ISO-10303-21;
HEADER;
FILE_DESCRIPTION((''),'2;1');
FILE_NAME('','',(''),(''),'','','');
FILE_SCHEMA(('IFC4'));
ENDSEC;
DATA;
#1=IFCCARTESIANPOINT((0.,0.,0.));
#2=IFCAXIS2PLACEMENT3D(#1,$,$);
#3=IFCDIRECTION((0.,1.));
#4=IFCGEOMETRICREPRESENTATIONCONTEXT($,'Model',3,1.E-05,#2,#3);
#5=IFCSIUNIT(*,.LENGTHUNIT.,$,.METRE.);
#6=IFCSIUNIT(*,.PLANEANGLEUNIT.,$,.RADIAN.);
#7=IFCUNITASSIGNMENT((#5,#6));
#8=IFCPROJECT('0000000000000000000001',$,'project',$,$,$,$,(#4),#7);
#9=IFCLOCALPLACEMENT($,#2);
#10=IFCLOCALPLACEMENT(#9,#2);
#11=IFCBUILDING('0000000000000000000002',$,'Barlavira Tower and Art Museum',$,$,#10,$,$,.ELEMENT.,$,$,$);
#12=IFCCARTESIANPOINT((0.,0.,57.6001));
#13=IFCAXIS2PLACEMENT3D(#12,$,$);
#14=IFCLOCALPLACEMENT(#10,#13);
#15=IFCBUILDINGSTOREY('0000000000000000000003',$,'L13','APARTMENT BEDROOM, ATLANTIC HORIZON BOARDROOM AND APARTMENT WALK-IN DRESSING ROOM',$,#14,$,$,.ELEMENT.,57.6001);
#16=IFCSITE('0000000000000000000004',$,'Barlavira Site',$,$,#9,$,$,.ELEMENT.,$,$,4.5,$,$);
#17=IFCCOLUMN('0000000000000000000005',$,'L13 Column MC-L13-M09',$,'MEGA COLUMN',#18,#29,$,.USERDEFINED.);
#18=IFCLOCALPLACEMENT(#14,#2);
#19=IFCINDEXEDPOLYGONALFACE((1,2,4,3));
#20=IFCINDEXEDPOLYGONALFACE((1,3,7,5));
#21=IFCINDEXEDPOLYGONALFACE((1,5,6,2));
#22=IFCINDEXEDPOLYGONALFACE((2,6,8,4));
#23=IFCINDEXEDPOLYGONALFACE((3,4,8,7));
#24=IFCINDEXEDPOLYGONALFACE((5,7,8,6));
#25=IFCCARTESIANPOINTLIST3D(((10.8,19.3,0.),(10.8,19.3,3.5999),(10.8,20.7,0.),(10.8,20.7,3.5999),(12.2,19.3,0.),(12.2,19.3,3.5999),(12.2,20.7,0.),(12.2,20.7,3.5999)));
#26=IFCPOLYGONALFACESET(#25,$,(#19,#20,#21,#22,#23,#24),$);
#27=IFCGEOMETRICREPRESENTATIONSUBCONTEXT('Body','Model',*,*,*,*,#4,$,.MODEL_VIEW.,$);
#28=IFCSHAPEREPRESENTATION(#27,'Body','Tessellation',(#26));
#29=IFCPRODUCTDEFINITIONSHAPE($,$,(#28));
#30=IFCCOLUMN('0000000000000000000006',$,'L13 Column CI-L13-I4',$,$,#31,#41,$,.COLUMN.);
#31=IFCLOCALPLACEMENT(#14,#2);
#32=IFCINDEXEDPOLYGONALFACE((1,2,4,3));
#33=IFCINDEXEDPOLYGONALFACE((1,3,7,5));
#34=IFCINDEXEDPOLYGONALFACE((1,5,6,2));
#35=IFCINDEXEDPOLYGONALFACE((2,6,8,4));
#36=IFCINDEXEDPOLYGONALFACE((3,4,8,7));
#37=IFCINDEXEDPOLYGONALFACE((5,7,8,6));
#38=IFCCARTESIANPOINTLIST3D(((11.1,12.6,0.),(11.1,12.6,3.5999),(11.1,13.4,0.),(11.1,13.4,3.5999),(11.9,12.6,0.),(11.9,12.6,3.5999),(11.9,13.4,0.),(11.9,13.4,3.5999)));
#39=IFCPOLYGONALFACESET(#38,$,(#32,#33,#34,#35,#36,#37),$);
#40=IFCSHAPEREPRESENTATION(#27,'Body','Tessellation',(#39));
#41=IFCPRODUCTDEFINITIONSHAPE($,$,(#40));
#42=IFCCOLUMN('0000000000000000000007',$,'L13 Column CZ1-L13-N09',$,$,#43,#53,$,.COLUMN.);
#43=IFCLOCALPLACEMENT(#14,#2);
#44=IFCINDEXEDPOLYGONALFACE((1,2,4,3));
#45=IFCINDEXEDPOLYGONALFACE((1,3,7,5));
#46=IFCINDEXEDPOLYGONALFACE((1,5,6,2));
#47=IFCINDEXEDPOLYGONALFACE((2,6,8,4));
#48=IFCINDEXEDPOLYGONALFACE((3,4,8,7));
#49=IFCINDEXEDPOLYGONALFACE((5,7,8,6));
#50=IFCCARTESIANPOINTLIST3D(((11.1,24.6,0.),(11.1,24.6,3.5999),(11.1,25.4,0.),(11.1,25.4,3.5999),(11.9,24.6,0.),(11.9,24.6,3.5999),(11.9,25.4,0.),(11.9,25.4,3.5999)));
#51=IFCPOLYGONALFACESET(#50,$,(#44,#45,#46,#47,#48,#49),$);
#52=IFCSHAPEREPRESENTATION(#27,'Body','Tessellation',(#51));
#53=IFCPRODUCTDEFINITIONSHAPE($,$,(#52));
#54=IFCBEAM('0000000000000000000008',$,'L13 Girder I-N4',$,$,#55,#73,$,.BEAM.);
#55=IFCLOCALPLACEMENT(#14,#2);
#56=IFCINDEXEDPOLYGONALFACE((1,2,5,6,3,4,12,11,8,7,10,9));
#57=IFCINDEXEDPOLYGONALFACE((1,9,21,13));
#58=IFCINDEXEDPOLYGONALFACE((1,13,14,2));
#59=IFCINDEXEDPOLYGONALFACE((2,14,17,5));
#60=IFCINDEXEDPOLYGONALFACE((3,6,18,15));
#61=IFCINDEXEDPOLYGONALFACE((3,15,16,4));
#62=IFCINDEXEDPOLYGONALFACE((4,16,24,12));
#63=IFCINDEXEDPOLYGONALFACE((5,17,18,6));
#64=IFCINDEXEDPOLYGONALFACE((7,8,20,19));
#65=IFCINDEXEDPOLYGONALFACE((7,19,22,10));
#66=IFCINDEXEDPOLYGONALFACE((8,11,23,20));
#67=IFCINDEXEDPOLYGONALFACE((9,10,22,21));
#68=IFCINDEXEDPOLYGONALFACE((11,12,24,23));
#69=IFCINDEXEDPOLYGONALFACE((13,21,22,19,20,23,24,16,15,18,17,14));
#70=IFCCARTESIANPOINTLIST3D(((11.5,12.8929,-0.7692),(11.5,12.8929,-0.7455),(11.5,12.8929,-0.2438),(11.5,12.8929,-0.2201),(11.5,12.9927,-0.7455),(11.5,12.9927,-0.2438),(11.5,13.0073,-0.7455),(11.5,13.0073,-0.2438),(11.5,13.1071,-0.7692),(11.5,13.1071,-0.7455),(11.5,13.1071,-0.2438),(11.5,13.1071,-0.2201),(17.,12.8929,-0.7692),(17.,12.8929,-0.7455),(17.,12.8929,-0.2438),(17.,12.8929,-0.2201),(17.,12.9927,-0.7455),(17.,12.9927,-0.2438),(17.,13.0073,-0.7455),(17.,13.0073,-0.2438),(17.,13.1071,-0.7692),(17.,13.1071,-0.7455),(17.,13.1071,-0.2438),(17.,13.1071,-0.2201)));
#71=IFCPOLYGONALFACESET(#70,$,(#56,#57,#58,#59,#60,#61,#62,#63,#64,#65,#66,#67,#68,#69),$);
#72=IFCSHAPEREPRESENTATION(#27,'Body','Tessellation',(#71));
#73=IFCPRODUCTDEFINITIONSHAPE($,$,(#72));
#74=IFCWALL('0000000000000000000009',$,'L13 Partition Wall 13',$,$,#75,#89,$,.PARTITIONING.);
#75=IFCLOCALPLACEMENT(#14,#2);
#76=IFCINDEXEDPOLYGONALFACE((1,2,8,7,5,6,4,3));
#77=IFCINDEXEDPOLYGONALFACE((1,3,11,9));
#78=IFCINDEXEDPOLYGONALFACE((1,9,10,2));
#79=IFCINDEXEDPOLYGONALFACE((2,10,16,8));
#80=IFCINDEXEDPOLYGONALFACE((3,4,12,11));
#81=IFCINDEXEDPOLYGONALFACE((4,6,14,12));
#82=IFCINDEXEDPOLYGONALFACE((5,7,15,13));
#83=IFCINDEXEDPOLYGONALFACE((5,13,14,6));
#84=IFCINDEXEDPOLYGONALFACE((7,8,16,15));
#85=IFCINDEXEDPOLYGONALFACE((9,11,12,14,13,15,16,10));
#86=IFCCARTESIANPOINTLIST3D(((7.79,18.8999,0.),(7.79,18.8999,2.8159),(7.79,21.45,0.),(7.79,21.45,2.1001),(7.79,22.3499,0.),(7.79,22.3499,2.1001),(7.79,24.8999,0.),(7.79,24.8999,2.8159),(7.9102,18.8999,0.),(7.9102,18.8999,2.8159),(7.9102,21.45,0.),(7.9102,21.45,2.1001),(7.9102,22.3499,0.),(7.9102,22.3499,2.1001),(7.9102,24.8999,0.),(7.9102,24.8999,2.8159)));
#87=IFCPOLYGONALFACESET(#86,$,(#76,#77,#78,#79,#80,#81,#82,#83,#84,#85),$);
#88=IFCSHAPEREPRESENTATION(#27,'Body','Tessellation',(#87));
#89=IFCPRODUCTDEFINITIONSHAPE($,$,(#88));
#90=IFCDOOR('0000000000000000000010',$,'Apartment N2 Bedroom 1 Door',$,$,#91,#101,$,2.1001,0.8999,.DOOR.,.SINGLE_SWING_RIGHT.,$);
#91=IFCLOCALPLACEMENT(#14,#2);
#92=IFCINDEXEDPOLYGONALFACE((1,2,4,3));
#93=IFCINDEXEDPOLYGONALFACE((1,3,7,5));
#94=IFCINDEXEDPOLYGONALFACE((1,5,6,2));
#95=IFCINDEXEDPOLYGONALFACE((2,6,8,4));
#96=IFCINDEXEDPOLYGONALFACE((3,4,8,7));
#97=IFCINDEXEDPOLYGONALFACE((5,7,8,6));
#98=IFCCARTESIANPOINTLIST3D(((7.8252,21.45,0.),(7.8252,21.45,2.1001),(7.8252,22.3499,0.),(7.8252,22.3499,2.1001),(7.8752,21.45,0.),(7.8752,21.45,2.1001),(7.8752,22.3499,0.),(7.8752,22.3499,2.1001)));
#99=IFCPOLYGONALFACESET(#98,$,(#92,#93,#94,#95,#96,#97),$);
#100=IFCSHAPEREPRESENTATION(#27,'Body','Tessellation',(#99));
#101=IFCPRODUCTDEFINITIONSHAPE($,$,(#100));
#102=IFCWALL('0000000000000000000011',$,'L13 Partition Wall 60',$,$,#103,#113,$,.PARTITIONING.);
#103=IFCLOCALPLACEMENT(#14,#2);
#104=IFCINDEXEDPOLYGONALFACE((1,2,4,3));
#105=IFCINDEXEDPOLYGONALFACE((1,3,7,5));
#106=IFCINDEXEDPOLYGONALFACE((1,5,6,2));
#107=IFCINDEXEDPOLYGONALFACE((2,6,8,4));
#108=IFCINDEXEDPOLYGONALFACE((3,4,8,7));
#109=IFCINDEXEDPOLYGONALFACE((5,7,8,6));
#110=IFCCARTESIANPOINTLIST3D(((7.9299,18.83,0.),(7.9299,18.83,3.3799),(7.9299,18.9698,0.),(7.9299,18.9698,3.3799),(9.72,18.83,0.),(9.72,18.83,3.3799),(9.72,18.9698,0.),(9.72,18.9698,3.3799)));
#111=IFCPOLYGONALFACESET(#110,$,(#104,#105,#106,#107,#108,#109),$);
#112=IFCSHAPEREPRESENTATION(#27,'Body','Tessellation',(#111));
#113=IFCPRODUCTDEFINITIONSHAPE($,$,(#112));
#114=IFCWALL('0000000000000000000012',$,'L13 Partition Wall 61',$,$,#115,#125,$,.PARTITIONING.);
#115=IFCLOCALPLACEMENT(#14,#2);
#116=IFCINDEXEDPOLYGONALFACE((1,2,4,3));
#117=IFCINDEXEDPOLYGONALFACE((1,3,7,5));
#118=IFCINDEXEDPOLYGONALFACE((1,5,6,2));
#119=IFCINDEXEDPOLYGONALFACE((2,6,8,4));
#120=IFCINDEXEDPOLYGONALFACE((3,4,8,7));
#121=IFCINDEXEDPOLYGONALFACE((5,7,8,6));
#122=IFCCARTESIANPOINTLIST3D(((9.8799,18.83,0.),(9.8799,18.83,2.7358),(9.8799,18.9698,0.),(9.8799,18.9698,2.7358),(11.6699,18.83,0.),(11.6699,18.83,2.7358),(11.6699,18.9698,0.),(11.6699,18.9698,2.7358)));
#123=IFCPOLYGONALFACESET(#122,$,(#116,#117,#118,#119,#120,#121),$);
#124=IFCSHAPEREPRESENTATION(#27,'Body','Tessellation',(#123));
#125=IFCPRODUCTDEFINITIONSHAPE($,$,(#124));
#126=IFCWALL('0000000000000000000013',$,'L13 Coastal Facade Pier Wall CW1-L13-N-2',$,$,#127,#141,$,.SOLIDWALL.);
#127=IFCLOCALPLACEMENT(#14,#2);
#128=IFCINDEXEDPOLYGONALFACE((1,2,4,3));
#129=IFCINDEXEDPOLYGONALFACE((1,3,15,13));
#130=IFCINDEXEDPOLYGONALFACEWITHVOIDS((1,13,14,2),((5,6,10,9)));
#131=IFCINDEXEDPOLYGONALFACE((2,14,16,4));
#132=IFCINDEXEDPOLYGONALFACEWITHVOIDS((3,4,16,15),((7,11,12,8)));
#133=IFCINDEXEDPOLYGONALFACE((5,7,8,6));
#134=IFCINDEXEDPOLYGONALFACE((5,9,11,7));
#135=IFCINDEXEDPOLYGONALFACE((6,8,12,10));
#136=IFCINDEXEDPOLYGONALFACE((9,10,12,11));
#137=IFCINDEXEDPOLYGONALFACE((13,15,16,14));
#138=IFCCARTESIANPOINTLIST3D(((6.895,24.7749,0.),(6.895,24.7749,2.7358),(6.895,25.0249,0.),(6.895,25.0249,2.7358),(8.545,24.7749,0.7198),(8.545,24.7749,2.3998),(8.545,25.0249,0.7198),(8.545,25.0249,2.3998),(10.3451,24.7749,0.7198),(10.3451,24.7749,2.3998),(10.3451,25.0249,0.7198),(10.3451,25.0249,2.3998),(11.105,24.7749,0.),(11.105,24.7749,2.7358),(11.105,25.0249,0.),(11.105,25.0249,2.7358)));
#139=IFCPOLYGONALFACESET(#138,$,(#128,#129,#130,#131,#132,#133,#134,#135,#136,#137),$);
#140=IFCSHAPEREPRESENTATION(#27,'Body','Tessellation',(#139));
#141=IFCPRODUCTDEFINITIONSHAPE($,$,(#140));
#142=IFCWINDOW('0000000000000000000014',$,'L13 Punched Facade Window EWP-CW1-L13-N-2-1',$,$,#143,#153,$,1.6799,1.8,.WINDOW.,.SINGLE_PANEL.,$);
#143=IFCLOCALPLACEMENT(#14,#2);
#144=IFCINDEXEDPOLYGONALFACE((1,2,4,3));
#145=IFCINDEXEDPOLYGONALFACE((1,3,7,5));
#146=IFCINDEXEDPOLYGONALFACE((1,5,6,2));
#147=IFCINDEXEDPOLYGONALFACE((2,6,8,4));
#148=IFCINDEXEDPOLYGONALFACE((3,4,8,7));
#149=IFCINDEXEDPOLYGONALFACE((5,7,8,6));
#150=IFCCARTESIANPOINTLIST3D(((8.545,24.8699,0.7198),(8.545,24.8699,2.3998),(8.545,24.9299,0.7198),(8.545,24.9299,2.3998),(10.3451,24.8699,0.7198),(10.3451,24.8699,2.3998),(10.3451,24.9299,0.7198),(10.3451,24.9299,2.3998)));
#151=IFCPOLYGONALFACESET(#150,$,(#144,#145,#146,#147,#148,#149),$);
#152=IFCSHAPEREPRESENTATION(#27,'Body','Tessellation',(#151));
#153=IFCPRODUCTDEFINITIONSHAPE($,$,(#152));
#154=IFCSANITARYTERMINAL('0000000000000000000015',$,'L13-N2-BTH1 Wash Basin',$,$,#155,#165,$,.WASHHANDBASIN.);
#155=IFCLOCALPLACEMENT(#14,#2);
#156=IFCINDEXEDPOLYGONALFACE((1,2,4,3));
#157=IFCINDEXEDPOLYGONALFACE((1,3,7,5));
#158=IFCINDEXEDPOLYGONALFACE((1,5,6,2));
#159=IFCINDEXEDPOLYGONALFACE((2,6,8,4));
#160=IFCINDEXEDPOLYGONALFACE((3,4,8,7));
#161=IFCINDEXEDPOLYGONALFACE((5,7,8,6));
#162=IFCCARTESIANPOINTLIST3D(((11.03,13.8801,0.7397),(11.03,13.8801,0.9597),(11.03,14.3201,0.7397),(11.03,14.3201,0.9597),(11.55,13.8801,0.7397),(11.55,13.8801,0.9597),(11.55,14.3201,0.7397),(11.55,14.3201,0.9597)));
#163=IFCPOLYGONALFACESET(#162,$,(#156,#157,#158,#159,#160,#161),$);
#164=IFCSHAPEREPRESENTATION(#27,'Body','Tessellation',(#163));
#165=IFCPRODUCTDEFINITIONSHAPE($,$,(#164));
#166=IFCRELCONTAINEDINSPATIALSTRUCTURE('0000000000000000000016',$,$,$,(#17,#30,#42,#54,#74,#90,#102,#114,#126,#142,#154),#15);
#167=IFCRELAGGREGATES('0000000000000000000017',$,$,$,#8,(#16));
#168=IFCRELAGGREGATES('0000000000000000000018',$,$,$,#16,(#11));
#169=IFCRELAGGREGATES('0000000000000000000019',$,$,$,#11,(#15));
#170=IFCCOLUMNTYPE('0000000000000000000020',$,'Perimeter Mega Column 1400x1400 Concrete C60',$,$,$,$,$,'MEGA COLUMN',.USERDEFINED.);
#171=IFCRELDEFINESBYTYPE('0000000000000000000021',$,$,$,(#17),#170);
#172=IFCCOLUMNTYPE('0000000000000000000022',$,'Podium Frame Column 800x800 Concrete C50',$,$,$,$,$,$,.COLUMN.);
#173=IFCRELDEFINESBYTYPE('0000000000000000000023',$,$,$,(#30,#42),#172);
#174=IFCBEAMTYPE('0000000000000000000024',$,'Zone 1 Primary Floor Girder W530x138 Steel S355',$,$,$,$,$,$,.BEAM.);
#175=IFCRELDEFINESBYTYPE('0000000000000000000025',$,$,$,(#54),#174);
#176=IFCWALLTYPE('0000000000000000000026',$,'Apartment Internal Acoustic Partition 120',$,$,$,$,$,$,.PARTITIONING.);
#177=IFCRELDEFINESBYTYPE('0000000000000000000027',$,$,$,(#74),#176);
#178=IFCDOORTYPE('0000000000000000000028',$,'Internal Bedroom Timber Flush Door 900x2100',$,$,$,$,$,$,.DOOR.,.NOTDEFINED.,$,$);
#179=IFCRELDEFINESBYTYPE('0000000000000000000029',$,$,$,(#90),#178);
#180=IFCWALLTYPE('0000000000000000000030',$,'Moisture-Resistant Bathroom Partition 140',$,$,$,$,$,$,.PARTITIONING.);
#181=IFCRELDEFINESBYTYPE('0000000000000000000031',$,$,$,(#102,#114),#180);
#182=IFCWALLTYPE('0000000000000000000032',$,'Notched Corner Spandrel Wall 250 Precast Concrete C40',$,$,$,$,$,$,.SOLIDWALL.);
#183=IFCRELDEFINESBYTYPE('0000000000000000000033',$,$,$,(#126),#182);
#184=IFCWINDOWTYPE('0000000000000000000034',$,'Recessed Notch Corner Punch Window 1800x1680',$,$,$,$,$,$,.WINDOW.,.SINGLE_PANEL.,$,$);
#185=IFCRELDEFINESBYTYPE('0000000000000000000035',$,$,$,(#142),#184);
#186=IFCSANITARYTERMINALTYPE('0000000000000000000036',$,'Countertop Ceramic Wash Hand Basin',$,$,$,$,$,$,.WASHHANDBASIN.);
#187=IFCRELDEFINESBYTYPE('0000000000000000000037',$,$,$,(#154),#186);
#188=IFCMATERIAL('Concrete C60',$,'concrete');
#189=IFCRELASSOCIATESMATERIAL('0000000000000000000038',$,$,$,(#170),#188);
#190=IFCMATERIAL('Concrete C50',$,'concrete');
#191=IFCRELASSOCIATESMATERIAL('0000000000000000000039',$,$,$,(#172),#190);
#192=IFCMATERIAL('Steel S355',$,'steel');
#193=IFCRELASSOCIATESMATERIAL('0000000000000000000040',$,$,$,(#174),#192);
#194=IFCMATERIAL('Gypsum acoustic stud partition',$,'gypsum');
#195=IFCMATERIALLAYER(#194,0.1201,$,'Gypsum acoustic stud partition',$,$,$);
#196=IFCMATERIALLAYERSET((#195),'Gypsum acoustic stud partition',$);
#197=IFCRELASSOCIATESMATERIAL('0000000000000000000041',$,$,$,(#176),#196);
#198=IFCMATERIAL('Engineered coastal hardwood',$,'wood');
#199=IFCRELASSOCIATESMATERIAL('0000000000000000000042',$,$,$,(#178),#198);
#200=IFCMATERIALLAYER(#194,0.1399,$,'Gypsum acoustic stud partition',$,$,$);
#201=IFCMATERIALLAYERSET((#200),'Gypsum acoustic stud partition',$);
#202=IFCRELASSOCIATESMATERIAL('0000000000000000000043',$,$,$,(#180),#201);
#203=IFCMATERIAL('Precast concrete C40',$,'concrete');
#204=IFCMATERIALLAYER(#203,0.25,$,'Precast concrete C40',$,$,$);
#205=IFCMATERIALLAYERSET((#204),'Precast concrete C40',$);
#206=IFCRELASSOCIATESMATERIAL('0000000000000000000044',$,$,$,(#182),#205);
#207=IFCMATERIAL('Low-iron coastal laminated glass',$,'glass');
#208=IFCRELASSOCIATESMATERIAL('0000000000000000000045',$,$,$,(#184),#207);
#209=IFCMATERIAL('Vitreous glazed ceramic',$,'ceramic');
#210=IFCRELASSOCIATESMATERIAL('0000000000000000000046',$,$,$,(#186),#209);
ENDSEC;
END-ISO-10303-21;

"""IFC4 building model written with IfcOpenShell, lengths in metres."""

from ifc_helpers import new_model, si_unit, direction, frame, frame_2d, origin, origin_2d, place, context, subcontext, project, spatial, rectangle, i_section, extrude, material, layer, layer_set, material_profile, profile_set, type_object, element, fill, save


model = new_model("IFC4")

# Units and contexts
model_context = context("Model", 3, precision=1e-05, world=origin(), true_north=direction((0.0, 1.0)))
body_context = subcontext(model_context, "Body", "Model", "MODEL_VIEW")
ifc_project = project(units=[si_unit("LENGTHUNIT", "METRE"), si_unit("PLANEANGLEUNIT", "RADIAN")], contexts=[model_context])

# Site, building, storey
site_placement = place(None, origin())
site = spatial("IfcSite", under=ifc_project, at=site_placement, Name="Barlavira Site", CompositionType="ELEMENT", RefElevation=4.5)
building_placement = place(site_placement, origin())
building = spatial("IfcBuilding", under=site, at=building_placement, Name="Barlavira Tower and Art Museum", CompositionType="ELEMENT")
storey_placement = place(building_placement, frame((0.0, 0.0, 57.6001)))
storey = spatial("IfcBuildingStorey", under=building, at=storey_placement, Name="L13", Description="APARTMENT BEDROOM, ATLANTIC HORIZON BOARDROOM AND APARTMENT WALK-IN DRESSING ROOM", CompositionType="ELEMENT", Elevation=57.6001)

# Columns
ifc_material_1 = material(Name="Concrete C60", Category="concrete")
ifc_material_profile_1 = material_profile(ifc_material_1, rectangle(XDim=1.3999, YDim=1.3999, at=origin_2d()), Name="RC-MCOL 1400x1400")
ifc_profile_set_1 = profile_set([ifc_material_profile_1], Name="Concrete C60")
column_type_1 = type_object("IfcColumnType", Name="Perimeter Mega Column 1400x1400 Concrete C60", ElementType="MEGA COLUMN", PredefinedType="USERDEFINED", material=ifc_profile_set_1)
column_placement = place(storey_placement, frame((11.5, 20.0, 0.0), z_axis=(0.0, 0.0, 1.0), x_axis=(1.0, 0.0, 0.0)))
element("IfcColumn", 1, at=column_placement, inside=storey, type_object=column_type_1, Name="L13 Column MC-L13-M09", ObjectType="MEGA COLUMN", PredefinedType="USERDEFINED", context=body_context, shape_type="SweptSolid", body=[
    extrude(rectangle(XDim=1.3999, YDim=1.3999, at=origin_2d()), origin(), (0.0, 0.0, 1.0), 3.5999),
])
ifc_material_2 = material(Name="Concrete C50", Category="concrete")
ifc_material_profile_2 = material_profile(ifc_material_2, rectangle(XDim=0.8, YDim=0.8, at=origin_2d()), Name="RC-COL 800x800")
ifc_profile_set_2 = profile_set([ifc_material_profile_2], Name="Concrete C50")
column_type_2 = type_object("IfcColumnType", Name="Podium Frame Column 800x800 Concrete C50", PredefinedType="COLUMN", material=ifc_profile_set_2)
for number, where, z_axis, x_axis, name in (
    (2, (11.5, 13.0, 0.0), (0.0, 0.0, 1.0), (1.0, 0.0, 0.0), "L13 Column CI-L13-I4"),
    (3, (11.5, 25.0, 0.0), (0.0, 0.0, 1.0), (1.0, 0.0, 0.0), "L13 Column CZ1-L13-N09"),
):
    element("IfcColumn", number, at=place(storey_placement, frame(where, z_axis=z_axis, x_axis=x_axis)), inside=storey, type_object=column_type_2, Name=name, PredefinedType="COLUMN", context=body_context, shape_type="SweptSolid", body=[
        extrude(rectangle(XDim=0.8, YDim=0.8, at=origin_2d()), origin(), (0.0, 0.0, 1.0), 3.5999),
    ])

# Beam
ifc_material_3 = material(Name="Steel S355", Category="steel")
ifc_material_profile_3 = material_profile(ifc_material_3, i_section(OverallWidth=0.2141, OverallDepth=0.5491, WebThickness=0.0146, FlangeThickness=0.0237, at=origin_2d()), Name="W530x138.0")
ifc_profile_set_3 = profile_set([ifc_material_profile_3], Name="Steel S355")
beam_type = type_object("IfcBeamType", Name="Zone 1 Primary Floor Girder W530x138 Steel S355", PredefinedType="BEAM", material=ifc_profile_set_3)
beam_placement = place(storey_placement, frame((11.5, 13.0, -0.4946), z_axis=(1.0, 0.0, 0.0), x_axis=(0.0, 1.0, 0.0)))
element("IfcBeam", 4, at=beam_placement, inside=storey, type_object=beam_type, Name="L13 Girder I-N4", PredefinedType="BEAM", context=body_context, shape_type="SweptSolid", body=[
    extrude(i_section(OverallWidth=0.2141, OverallDepth=0.5491, WebThickness=0.0146, FlangeThickness=0.0237, at=origin_2d()), origin(), (0.0, 0.0, 1.0), 5.5),
])

# Wall, opening, door
ifc_material_4 = material(Name="Gypsum acoustic stud partition", Category="gypsum")
ifc_layer_1 = layer(ifc_material_4, 0.1201, Name="Gypsum acoustic stud partition")
ifc_layer_set_1 = layer_set([ifc_layer_1], Name="Gypsum acoustic stud partition")
wall_type_1 = type_object("IfcWallType", Name="Apartment Internal Acoustic Partition 120", PredefinedType="PARTITIONING", material=ifc_layer_set_1)
wall_1_placement = place(storey_placement, frame((7.8501, 18.8999, 0.0), z_axis=(0.0, 0.0, 1.0), x_axis=(0.0, 1.0, 0.0)))
wall_1 = element("IfcWall", 5, at=wall_1_placement, inside=storey, type_object=wall_type_1, Name="L13 Partition Wall 13", PredefinedType="PARTITIONING", context=body_context, shape_type="SweptSolid", body=[
    extrude(rectangle(XDim=6.0, YDim=0.1201, at=frame_2d((3.0, 0.0))), origin(), (0.0, 0.0, 1.0), 2.8159),
])
opening_1_placement = place(wall_1_placement, frame((2.55, 0.0, 0.0)))
opening_1 = element("IfcOpeningElement", 6, at=opening_1_placement, cuts=wall_1, PredefinedType="OPENING", context=body_context, shape_type="SweptSolid", body=[
    extrude(rectangle(XDim=0.8999, YDim=2.1001, at=frame_2d((0.45, 1.05))), frame((0.0, 0.0701, 0.0), z_axis=(0.0, -1.0, 0.0), x_axis=(1.0, 0.0, 0.0)), (0.0, 0.0, 1.0), 0.1401),
])
ifc_material_5 = material(Name="Engineered coastal hardwood", Category="wood")
door_type = type_object("IfcDoorType", Name="Internal Bedroom Timber Flush Door 900x2100", OperationType="NOTDEFINED", PredefinedType="DOOR", material=ifc_material_5)
door_placement = place(opening_1_placement, origin())
door = element("IfcDoor", 7, at=door_placement, inside=storey, type_object=door_type, Name="Apartment N2 Bedroom 1 Door", OperationType="SINGLE_SWING_RIGHT", OverallHeight=2.1001, OverallWidth=0.8999, PredefinedType="DOOR", context=body_context, shape_type="SweptSolid", body=[
    extrude(rectangle(XDim=0.8999, YDim=2.1001, at=frame_2d((0.45, 1.05))), frame((0.0, 0.0249, 0.0), z_axis=(0.0, -1.0, 0.0), x_axis=(1.0, 0.0, 0.0)), (0.0, 0.0, 1.0), 0.05),
])
fill(opening_1, door)

# Walls
ifc_layer_2 = layer(ifc_material_4, 0.1399, Name="Gypsum acoustic stud partition")
ifc_layer_set_2 = layer_set([ifc_layer_2], Name="Gypsum acoustic stud partition")
wall_type_2 = type_object("IfcWallType", Name="Moisture-Resistant Bathroom Partition 140", PredefinedType="PARTITIONING", material=ifc_layer_set_2)
wall_2_placement = place(storey_placement, frame((7.9299, 18.8999, 0.0), z_axis=(0.0, 0.0, 1.0), x_axis=(1.0, 0.0, 0.0)))
element("IfcWall", 8, at=wall_2_placement, inside=storey, type_object=wall_type_2, Name="L13 Partition Wall 60", PredefinedType="PARTITIONING", context=body_context, shape_type="SweptSolid", body=[
    extrude(rectangle(XDim=1.79, YDim=0.1399, at=frame_2d((0.895, 0.0))), origin(), (0.0, 0.0, 1.0), 3.3799),
])
wall_3_placement = place(storey_placement, frame((9.8799, 18.8999, 0.0), z_axis=(0.0, 0.0, 1.0), x_axis=(1.0, 0.0, 0.0)))
element("IfcWall", 9, at=wall_3_placement, inside=storey, type_object=wall_type_2, Name="L13 Partition Wall 61", PredefinedType="PARTITIONING", context=body_context, shape_type="SweptSolid", body=[
    extrude(rectangle(XDim=1.79, YDim=0.1399, at=frame_2d((0.895, 0.0))), origin(), (0.0, 0.0, 1.0), 2.7358),
])

# Wall, opening, window
ifc_material_6 = material(Name="Precast concrete C40", Category="concrete")
ifc_layer_3 = layer(ifc_material_6, 0.25, Name="Precast concrete C40")
ifc_layer_set_3 = layer_set([ifc_layer_3], Name="Precast concrete C40")
wall_type_3 = type_object("IfcWallType", Name="Notched Corner Spandrel Wall 250 Precast Concrete C40", PredefinedType="SOLIDWALL", material=ifc_layer_set_3)
wall_4_placement = place(storey_placement, frame((11.105, 24.8999, 0.0), z_axis=(0.0, 0.0, 1.0), x_axis=(-1.0, 0.0, 0.0)))
wall_4 = element("IfcWall", 10, at=wall_4_placement, inside=storey, type_object=wall_type_3, Name="L13 Coastal Facade Pier Wall CW1-L13-N-2", PredefinedType="SOLIDWALL", context=body_context, shape_type="SweptSolid", body=[
    extrude(rectangle(XDim=4.21, YDim=0.25, at=frame_2d((2.105, 0.0))), origin(), (0.0, 0.0, 1.0), 2.7358),
])
opening_2_placement = place(wall_4_placement, frame((0.76, 0.0, 0.72)))
opening_2 = element("IfcOpeningElement", 11, at=opening_2_placement, cuts=wall_4, PredefinedType="OPENING", context=body_context, shape_type="SweptSolid", body=[
    extrude(rectangle(XDim=1.8, YDim=1.6799, at=frame_2d((0.8999, 0.8398))), frame((0.0, 0.135, 0.0), z_axis=(0.0, -1.0, 0.0), x_axis=(1.0, 0.0, 0.0)), (0.0, 0.0, 1.0), 0.27),
])
ifc_material_7 = material(Name="Low-iron coastal laminated glass", Category="glass")
window_type = type_object("IfcWindowType", Name="Recessed Notch Corner Punch Window 1800x1680", PartitioningType="SINGLE_PANEL", PredefinedType="WINDOW", material=ifc_material_7)
window_placement = place(opening_2_placement, origin())
window = element("IfcWindow", 12, at=window_placement, inside=storey, type_object=window_type, Name="L13 Punched Facade Window EWP-CW1-L13-N-2-1", OverallHeight=1.6799, OverallWidth=1.8, PartitioningType="SINGLE_PANEL", PredefinedType="WINDOW", context=body_context, shape_type="SweptSolid", body=[
    extrude(rectangle(XDim=1.8, YDim=1.6799, at=frame_2d((0.8999, 0.8398))), frame((0.0, 0.03, 0.0), z_axis=(0.0, -1.0, 0.0), x_axis=(1.0, 0.0, 0.0)), (0.0, 0.0, 1.0), 0.0601),
])
fill(opening_2, window)

# Sanitary terminal
ifc_material_8 = material(Name="Vitreous glazed ceramic", Category="ceramic")
sanitary_terminal_type_1 = type_object("IfcSanitaryTerminalType", Name="Countertop Ceramic Wash Hand Basin", PredefinedType="WASHHANDBASIN", material=ifc_material_8)
sanitary_terminal_1_placement = place(storey_placement, frame((11.29, 14.1001, 0.7397), z_axis=(0.0, 0.0, 1.0), x_axis=(1.0, 0.0, 0.0)))
element("IfcSanitaryTerminal", 13, at=sanitary_terminal_1_placement, inside=storey, type_object=sanitary_terminal_type_1, Name="L13-N2-BTH1 Wash Basin", PredefinedType="WASHHANDBASIN", context=body_context, shape_type="SweptSolid", body=[
    extrude(rectangle(XDim=0.52, YDim=0.4399, at=origin_2d()), origin(), (0.0, 0.0, 1.0), 0.22),
])

save(model, "model.ifc")
